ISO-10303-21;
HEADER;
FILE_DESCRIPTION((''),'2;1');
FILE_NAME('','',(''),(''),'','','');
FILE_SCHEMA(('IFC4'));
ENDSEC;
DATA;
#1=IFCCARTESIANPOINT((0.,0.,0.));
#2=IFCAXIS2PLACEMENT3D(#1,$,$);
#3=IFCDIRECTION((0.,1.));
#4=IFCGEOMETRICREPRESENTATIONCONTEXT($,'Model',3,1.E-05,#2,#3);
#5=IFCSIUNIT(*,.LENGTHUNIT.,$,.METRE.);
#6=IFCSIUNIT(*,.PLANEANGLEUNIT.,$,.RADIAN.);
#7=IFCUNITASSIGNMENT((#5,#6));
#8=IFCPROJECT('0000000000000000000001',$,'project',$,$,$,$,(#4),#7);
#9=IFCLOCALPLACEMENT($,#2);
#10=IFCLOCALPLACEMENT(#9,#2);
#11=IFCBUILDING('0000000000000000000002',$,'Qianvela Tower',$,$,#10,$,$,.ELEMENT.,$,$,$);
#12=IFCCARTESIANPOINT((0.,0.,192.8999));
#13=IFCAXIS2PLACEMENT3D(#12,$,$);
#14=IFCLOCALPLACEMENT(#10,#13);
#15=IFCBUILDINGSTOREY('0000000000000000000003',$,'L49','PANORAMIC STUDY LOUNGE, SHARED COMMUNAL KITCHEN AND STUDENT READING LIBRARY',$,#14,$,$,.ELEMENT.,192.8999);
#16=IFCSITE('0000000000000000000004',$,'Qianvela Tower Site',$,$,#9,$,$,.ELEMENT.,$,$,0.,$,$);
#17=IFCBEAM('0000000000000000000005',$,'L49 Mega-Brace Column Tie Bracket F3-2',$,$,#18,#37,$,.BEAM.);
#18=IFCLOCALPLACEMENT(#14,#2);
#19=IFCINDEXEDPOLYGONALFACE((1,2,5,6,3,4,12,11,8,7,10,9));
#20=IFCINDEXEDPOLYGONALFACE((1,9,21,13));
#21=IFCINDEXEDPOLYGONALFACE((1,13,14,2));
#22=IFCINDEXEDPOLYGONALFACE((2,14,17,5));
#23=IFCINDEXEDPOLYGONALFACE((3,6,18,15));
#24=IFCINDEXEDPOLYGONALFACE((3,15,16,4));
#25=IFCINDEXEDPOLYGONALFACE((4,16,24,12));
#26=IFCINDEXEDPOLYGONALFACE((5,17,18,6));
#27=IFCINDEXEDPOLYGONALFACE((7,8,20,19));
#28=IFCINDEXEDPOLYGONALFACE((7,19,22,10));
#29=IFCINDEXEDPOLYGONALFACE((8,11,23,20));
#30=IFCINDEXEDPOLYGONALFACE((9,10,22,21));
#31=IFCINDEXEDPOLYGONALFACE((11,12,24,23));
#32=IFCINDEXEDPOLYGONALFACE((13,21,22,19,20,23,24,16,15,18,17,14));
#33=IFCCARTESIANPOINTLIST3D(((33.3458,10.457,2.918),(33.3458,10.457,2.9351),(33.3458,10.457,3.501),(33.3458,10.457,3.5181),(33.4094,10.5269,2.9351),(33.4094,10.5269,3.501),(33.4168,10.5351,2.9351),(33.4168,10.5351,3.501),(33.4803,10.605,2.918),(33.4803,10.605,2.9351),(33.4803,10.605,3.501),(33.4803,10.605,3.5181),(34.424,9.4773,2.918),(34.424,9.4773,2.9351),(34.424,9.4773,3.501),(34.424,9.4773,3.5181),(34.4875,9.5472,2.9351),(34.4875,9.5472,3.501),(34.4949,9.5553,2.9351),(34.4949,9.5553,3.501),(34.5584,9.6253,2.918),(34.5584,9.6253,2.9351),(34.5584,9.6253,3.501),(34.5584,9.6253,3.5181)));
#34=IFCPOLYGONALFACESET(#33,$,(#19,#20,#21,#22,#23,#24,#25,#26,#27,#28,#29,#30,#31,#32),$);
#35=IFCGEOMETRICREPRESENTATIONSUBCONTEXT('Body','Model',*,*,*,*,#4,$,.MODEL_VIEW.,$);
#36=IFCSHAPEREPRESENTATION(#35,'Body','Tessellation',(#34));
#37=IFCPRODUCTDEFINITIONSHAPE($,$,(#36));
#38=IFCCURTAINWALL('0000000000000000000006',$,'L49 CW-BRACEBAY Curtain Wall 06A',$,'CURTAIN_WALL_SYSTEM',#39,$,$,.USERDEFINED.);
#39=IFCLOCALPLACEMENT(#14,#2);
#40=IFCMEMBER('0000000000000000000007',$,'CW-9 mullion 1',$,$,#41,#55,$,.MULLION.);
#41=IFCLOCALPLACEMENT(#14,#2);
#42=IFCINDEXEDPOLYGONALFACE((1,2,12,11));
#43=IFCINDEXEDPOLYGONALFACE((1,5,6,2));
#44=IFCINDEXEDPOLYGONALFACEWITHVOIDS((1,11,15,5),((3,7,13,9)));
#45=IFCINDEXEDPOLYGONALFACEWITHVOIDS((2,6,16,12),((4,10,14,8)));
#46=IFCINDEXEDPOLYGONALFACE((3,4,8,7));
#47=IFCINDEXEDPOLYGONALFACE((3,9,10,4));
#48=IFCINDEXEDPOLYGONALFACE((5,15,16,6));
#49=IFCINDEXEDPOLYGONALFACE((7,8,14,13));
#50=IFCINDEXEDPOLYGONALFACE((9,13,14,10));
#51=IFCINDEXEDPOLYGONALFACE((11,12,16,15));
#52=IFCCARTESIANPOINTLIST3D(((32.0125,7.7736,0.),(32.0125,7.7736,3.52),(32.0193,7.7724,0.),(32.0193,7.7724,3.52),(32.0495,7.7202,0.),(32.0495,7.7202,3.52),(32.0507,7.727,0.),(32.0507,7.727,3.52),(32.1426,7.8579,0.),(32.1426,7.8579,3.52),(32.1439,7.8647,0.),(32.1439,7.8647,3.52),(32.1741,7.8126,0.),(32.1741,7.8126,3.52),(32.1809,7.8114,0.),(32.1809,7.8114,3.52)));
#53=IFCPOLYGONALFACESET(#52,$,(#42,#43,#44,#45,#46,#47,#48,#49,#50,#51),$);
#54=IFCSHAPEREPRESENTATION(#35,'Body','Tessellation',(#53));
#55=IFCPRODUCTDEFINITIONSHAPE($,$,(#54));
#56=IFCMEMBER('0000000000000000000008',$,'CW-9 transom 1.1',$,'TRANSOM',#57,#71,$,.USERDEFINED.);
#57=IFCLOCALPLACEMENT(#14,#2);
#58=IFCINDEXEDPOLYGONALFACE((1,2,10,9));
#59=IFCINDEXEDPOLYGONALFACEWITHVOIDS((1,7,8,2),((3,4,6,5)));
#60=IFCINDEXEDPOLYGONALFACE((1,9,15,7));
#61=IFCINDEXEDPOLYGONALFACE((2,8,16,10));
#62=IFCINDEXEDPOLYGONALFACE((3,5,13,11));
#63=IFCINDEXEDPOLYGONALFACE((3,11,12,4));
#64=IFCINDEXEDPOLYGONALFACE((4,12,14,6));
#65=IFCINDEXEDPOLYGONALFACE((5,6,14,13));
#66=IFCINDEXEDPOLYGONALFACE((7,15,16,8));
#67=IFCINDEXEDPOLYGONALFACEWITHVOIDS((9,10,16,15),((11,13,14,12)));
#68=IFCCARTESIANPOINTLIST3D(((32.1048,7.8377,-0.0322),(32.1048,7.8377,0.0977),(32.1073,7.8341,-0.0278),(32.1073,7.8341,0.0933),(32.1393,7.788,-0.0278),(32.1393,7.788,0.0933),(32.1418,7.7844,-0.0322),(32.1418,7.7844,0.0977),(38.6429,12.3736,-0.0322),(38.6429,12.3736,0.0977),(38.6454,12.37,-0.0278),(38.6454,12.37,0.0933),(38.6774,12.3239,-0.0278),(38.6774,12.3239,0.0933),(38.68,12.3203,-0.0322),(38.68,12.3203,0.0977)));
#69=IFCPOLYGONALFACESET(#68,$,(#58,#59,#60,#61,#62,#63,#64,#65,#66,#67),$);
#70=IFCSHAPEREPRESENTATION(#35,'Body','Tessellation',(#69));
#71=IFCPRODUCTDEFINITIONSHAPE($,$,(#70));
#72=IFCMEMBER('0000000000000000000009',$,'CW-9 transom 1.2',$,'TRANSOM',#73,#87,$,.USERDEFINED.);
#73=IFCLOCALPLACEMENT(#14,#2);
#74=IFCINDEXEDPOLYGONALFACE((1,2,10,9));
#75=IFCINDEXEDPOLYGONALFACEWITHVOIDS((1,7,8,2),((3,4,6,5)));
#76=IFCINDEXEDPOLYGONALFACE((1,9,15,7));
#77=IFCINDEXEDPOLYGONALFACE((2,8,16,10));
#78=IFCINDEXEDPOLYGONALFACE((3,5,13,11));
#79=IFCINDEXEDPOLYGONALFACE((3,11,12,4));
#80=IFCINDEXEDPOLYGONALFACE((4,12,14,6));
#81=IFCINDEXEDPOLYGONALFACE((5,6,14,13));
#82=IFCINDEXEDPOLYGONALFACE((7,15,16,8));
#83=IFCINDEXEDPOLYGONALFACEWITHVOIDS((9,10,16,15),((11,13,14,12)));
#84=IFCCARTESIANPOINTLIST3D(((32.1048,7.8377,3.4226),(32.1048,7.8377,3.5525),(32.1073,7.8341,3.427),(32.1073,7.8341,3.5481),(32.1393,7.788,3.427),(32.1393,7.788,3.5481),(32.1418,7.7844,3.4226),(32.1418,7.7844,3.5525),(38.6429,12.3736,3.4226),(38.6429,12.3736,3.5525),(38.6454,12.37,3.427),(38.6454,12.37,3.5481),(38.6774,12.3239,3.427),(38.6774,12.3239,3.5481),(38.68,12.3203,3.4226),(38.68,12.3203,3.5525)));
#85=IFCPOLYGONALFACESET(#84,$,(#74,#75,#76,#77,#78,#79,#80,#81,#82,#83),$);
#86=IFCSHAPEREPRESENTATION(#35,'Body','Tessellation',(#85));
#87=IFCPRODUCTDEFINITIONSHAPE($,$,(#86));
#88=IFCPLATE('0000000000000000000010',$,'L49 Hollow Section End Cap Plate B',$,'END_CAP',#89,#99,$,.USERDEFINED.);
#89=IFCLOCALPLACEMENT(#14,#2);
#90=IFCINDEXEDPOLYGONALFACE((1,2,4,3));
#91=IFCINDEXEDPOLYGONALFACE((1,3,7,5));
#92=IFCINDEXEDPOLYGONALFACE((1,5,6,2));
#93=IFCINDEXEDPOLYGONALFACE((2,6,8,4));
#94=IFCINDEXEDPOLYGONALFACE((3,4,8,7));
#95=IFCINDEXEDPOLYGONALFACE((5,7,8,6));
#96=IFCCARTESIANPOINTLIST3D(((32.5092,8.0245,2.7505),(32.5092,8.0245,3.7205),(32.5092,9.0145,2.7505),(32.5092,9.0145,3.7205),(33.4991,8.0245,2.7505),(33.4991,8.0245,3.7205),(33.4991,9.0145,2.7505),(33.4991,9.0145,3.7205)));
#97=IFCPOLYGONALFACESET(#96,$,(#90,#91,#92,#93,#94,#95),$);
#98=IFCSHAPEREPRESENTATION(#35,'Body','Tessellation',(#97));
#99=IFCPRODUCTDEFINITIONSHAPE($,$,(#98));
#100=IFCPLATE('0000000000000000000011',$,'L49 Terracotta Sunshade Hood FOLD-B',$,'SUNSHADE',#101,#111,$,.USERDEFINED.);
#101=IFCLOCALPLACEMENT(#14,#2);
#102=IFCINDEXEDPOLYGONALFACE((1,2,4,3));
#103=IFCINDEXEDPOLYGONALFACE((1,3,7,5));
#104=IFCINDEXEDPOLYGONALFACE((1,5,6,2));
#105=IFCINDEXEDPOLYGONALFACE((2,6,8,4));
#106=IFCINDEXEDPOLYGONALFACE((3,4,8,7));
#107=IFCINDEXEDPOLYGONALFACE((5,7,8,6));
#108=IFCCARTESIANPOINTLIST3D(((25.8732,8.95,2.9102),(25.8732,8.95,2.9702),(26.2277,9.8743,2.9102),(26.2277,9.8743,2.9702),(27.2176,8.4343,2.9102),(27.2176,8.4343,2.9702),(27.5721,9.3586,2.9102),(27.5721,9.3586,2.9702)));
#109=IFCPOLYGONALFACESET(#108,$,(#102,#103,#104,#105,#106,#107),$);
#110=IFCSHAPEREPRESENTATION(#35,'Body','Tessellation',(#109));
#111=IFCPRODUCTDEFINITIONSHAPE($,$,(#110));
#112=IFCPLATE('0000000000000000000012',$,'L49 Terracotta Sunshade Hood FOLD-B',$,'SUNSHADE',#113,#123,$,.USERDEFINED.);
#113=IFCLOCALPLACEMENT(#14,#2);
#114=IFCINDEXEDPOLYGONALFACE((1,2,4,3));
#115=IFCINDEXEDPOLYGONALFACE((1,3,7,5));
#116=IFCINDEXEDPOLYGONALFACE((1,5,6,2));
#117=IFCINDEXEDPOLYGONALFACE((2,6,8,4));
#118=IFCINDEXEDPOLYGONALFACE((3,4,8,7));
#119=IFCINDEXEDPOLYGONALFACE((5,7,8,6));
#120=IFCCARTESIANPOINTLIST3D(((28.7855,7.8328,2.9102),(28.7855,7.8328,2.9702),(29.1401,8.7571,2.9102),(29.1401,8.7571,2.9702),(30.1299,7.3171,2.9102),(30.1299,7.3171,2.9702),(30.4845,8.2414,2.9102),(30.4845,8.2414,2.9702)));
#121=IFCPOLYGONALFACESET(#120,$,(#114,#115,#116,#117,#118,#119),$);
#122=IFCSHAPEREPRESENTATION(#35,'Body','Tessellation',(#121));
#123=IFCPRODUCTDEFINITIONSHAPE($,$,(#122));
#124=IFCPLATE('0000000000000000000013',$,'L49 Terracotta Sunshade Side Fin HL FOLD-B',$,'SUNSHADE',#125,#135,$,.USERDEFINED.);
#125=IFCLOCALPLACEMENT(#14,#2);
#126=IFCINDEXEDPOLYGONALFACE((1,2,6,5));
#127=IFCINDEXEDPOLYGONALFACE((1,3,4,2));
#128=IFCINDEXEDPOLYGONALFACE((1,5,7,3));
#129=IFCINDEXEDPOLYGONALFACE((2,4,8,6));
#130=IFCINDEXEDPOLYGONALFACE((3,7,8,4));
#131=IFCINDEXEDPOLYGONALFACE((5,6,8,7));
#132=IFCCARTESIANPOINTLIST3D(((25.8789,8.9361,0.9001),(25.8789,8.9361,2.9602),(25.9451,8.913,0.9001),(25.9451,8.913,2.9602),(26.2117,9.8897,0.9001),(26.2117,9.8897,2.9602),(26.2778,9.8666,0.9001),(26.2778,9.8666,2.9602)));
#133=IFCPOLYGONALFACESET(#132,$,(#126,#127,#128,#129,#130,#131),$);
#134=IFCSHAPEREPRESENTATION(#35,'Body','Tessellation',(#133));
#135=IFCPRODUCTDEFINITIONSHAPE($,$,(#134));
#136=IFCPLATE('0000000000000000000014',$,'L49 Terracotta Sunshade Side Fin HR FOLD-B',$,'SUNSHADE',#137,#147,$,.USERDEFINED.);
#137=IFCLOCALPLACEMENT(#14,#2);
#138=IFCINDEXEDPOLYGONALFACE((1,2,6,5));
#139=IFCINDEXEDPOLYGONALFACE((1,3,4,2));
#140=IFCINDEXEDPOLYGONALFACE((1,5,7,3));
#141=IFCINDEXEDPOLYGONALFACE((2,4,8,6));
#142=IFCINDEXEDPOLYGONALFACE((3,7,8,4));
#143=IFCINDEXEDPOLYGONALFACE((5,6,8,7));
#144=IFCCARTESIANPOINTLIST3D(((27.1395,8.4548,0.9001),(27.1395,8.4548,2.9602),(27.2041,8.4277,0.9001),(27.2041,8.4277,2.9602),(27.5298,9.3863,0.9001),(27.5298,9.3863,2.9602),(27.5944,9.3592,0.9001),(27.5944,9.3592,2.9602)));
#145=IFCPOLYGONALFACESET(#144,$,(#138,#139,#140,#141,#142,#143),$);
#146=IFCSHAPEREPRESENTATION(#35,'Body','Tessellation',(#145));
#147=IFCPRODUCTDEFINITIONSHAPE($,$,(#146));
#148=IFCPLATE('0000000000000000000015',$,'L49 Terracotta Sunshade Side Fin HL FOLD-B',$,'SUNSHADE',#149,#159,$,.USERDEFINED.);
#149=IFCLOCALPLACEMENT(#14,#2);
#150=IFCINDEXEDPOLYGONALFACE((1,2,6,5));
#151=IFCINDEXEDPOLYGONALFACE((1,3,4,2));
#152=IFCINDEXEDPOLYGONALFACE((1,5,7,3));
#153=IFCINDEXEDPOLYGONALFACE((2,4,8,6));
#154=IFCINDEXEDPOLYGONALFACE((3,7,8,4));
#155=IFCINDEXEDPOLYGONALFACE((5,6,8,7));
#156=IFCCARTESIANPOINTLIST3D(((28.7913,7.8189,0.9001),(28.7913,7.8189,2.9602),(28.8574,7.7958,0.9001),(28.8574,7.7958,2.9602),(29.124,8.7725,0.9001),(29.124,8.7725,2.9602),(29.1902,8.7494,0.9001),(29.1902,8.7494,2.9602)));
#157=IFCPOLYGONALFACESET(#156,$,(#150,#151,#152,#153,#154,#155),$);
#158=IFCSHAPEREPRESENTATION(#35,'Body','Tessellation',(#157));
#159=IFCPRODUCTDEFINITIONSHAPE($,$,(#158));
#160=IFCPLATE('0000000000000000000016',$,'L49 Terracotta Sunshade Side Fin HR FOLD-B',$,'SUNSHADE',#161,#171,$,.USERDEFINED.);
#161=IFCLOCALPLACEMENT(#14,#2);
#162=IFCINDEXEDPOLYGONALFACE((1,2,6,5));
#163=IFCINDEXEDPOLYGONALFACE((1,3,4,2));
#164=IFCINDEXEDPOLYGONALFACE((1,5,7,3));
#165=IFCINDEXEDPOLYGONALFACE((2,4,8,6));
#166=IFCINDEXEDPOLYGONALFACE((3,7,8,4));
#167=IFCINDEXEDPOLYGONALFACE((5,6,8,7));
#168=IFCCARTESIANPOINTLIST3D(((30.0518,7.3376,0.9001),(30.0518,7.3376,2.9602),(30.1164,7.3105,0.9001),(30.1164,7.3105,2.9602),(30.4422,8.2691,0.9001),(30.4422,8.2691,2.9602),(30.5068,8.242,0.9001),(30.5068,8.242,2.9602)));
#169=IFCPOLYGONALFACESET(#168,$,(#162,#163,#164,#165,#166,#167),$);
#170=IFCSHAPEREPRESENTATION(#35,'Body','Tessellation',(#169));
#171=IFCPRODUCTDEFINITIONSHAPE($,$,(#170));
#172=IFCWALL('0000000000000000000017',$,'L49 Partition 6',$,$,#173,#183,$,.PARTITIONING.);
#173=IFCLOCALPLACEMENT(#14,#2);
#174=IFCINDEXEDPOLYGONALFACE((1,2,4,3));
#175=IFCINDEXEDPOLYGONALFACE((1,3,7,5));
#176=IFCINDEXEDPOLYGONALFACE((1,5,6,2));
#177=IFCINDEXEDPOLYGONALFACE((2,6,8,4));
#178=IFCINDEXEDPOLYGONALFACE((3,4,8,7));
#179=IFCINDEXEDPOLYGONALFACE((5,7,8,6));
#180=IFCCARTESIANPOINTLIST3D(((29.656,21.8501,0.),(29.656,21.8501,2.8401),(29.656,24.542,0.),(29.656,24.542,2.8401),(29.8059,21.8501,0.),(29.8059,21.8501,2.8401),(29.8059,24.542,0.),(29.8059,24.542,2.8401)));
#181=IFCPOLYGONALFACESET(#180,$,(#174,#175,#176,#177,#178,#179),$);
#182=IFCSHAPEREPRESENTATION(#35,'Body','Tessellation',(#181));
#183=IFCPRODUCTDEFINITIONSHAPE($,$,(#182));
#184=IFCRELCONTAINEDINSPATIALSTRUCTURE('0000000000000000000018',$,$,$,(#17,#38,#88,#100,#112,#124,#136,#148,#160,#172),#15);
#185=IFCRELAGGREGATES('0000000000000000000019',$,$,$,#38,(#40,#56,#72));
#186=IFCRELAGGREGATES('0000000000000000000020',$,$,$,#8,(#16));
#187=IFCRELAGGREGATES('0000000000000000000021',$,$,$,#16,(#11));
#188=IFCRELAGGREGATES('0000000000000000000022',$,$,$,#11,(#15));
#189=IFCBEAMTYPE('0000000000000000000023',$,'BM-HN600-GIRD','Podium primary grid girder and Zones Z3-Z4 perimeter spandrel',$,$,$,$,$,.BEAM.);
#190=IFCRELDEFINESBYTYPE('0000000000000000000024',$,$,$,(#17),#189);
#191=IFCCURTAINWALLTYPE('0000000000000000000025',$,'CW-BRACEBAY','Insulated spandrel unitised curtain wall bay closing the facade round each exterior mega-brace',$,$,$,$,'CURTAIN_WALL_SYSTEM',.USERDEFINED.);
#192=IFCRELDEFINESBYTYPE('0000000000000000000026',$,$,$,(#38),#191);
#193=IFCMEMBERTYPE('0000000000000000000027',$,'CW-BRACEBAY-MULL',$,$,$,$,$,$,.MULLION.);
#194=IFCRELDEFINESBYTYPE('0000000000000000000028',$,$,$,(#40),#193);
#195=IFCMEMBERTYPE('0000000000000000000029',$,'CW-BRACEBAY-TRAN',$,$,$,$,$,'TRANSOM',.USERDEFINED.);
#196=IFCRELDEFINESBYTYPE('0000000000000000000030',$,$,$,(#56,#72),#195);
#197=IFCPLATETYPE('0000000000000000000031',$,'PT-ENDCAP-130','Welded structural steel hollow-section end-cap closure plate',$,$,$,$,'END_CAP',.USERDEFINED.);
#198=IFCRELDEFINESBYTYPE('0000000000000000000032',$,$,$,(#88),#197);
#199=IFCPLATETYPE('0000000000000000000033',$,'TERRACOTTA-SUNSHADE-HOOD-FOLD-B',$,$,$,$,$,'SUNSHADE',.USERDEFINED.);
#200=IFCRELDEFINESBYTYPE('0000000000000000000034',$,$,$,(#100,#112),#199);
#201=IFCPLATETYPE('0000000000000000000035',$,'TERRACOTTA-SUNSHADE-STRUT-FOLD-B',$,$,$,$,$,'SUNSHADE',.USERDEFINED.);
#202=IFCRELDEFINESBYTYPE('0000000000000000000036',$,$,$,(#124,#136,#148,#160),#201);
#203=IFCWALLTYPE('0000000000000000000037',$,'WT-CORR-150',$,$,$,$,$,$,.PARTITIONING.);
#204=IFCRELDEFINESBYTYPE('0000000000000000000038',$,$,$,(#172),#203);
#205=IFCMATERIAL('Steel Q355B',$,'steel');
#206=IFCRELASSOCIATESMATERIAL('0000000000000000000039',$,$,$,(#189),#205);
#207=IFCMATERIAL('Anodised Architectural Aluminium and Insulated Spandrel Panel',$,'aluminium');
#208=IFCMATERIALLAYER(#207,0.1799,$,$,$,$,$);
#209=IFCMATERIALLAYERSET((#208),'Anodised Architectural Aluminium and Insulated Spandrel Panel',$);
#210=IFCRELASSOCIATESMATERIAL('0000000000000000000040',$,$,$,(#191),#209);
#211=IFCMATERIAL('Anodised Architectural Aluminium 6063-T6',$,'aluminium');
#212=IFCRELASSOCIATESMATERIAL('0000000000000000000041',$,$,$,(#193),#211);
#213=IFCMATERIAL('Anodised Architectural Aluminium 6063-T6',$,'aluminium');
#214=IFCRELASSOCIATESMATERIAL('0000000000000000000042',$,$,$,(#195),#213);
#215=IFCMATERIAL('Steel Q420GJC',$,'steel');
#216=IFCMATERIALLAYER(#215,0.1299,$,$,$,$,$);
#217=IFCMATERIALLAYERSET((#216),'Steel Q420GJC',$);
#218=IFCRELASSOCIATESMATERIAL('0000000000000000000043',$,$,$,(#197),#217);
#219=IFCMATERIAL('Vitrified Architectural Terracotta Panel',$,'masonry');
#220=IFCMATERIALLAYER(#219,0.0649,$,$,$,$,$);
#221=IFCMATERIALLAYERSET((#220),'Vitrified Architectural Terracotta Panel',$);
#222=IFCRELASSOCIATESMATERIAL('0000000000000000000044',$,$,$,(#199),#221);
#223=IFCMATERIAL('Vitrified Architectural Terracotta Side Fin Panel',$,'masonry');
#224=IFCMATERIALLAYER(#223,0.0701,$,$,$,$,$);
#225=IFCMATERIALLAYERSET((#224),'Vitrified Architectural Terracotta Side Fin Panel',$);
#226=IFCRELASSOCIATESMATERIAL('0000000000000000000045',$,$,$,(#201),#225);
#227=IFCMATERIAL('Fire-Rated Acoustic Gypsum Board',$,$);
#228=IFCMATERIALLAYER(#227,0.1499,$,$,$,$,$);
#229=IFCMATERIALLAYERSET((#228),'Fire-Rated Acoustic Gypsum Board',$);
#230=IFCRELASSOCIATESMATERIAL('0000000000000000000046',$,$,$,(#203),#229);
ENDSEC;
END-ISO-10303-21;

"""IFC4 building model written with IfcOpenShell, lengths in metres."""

from ifc_helpers import new_model, si_unit, direction, frame, frame_2d, origin, origin_2d, place, context, subcontext, project, spatial, rectangle, hollow_rectangle, i_section, extrude, material, layer, layer_set, material_profile, profile_set, type_object, element, aggregate, save


model = new_model("IFC4")

# Units and contexts
model_context = context("Model", 3, precision=1e-05, world=origin(), true_north=direction((0.0, 1.0)))
body_context = subcontext(model_context, "Body", "Model", "MODEL_VIEW")
ifc_project = project(units=[si_unit("LENGTHUNIT", "METRE"), si_unit("PLANEANGLEUNIT", "RADIAN")], contexts=[model_context])

# Site, building, storey
site_placement = place(None, origin())
site = spatial("IfcSite", under=ifc_project, at=site_placement, Name="Qianvela Tower Site", CompositionType="ELEMENT", RefElevation=0.0)
building_placement = place(site_placement, origin())
building = spatial("IfcBuilding", under=site, at=building_placement, Name="Qianvela Tower", CompositionType="ELEMENT")
storey_placement = place(building_placement, frame((0.0, 0.0, 192.8999)))
storey = spatial("IfcBuildingStorey", under=building, at=storey_placement, Name="L49", Description="PANORAMIC STUDY LOUNGE, SHARED COMMUNAL KITCHEN AND STUDENT READING LIBRARY", CompositionType="ELEMENT", Elevation=192.8999)

# Beam
ifc_material_1 = material(Name="Steel Q355B", Category="steel")
ifc_material_profile_1 = material_profile(ifc_material_1, i_section(OverallWidth=0.2, OverallDepth=0.6001, WebThickness=0.011, FlangeThickness=0.0171, at=origin_2d()), Name="HN600x200x11x17")
ifc_profile_set_1 = profile_set([ifc_material_profile_1], Name="Steel Q355B")
beam_type_1 = type_object("IfcBeamType", Name="BM-HN600-GIRD", Description="Podium primary grid girder and Zones Z3-Z4 perimeter spandrel", PredefinedType="BEAM", material=ifc_profile_set_1)
beam_1_placement = place(storey_placement, frame((33.4131, 10.531, 3.218), z_axis=(0.740069, -0.672531, 0.0), x_axis=(0.672531, 0.740069, 0.0)))
element("IfcBeam", 1, at=beam_1_placement, inside=storey, type_object=beam_type_1, Name="L49 Mega-Brace Column Tie Bracket F3-2", PredefinedType="BEAM", context=body_context, shape_type="SweptSolid", body=[
    extrude(i_section(OverallWidth=0.2, OverallDepth=0.6001, WebThickness=0.011, FlangeThickness=0.0171, at=origin_2d()), origin(), (0.0, 0.0, 1.0), 1.4568),
])

# Curtain wall, members
ifc_material_2 = material(Name="Anodised Architectural Aluminium and Insulated Spandrel Panel", Category="aluminium")
ifc_layer_1 = layer(ifc_material_2, 0.1799)
ifc_layer_set_1 = layer_set([ifc_layer_1], Name="Anodised Architectural Aluminium and Insulated Spandrel Panel")
curtain_wall_type = type_object("IfcCurtainWallType", Name="CW-BRACEBAY", Description="Insulated spandrel unitised curtain wall bay closing the facade round each exterior mega-brace", ElementType="CURTAIN_WALL_SYSTEM", PredefinedType="USERDEFINED", material=ifc_layer_set_1)
curtain_wall_placement = place(storey_placement, origin())
curtain_wall = element("IfcCurtainWall", 2, at=curtain_wall_placement, inside=storey, type_object=curtain_wall_type, Name="L49 CW-BRACEBAY Curtain Wall 06A", ObjectType="CURTAIN_WALL_SYSTEM", PredefinedType="USERDEFINED")
ifc_material_3 = material(Name="Anodised Architectural Aluminium 6063-T6", Category="aluminium")
ifc_material_profile_2 = material_profile(ifc_material_3, hollow_rectangle(XDim=0.0649, YDim=0.1599, WallThickness=0.0049, at=origin_2d()), Name="ALU-MULL-65x160")
ifc_profile_set_2 = profile_set([ifc_material_profile_2], Name="Anodised Architectural Aluminium 6063-T6")
member_type_1 = type_object("IfcMemberType", Name="CW-BRACEBAY-MULL", PredefinedType="MULLION", material=ifc_profile_set_2)
member_1_placement = place(storey_placement, frame((32.0967, 7.7925, 0.0), z_axis=(0.0, 0.0, 1.0), x_axis=(-0.570037, 0.821619, 0.0)))
member_1 = element("IfcMember", 3, at=member_1_placement, type_object=member_type_1, Name="CW-9 mullion 1", PredefinedType="MULLION", context=body_context, shape_type="SweptSolid", body=[
    extrude(hollow_rectangle(XDim=0.0649, YDim=0.1599, WallThickness=0.0049, at=origin_2d()), origin(), (0.0, 0.0, 1.0), 3.52),
])
ifc_material_4 = material(Name="Anodised Architectural Aluminium 6063-T6", Category="aluminium")
ifc_material_profile_3 = material_profile(ifc_material_4, hollow_rectangle(XDim=0.0649, YDim=0.1299, WallThickness=0.0044, at=origin_2d()), Name="ALU-TRAN-65x130")
ifc_profile_set_3 = profile_set([ifc_material_profile_3], Name="Anodised Architectural Aluminium 6063-T6")
member_type_2 = type_object("IfcMemberType", Name="CW-BRACEBAY-TRAN", ElementType="TRANSOM", PredefinedType="USERDEFINED", material=ifc_profile_set_3)
member_2_placement = place(storey_placement, frame((32.1233, 7.811, 0.0327), z_axis=(0.821632, 0.570019, 0.0), x_axis=(-0.570019, 0.821632, 0.0)))
member_2 = element("IfcMember", 4, at=member_2_placement, type_object=member_type_2, Name="CW-9 transom 1.1", ObjectType="TRANSOM", PredefinedType="USERDEFINED", context=body_context, shape_type="SweptSolid", body=[
    extrude(hollow_rectangle(XDim=0.0649, YDim=0.1299, WallThickness=0.0044, at=origin_2d()), origin(), (0.0, 0.0, 1.0), 7.9575),
])
member_3_placement = place(storey_placement, frame((32.1233, 7.811, 3.4875), z_axis=(0.821632, 0.570019, 0.0), x_axis=(-0.570019, 0.821632, 0.0)))
member_3 = element("IfcMember", 5, at=member_3_placement, type_object=member_type_2, Name="CW-9 transom 1.2", ObjectType="TRANSOM", PredefinedType="USERDEFINED", context=body_context, shape_type="SweptSolid", body=[
    extrude(hollow_rectangle(XDim=0.0649, YDim=0.1299, WallThickness=0.0044, at=origin_2d()), origin(), (0.0, 0.0, 1.0), 7.9575),
])
aggregate(curtain_wall, [member_1, member_2, member_3])

# Plates
ifc_material_5 = material(Name="Steel Q420GJC", Category="steel")
ifc_layer_2 = layer(ifc_material_5, 0.1299)
ifc_layer_set_2 = layer_set([ifc_layer_2], Name="Steel Q420GJC")
plate_type_1 = type_object("IfcPlateType", Name="PT-ENDCAP-130", Description="Welded structural steel hollow-section end-cap closure plate", ElementType="END_CAP", PredefinedType="USERDEFINED", material=ifc_layer_set_2)
plate_placement = place(storey_placement, frame((33.0042, 8.5195, 2.7505), z_axis=(0.0, 0.0, 1.0), x_axis=(1.0, 0.0, 0.0)))
element("IfcPlate", 6, at=plate_placement, inside=storey, type_object=plate_type_1, Name="L49 Hollow Section End Cap Plate B", ObjectType="END_CAP", PredefinedType="USERDEFINED", context=body_context, shape_type="SweptSolid", body=[
    extrude(rectangle(XDim=0.99, YDim=0.99, at=origin_2d()), origin(), (0.0, 0.0, 1.0), 0.97),
])
ifc_material_6 = material(Name="Vitrified Architectural Terracotta Panel", Category="masonry")
ifc_layer_3 = layer(ifc_material_6, 0.0649)
ifc_layer_set_3 = layer_set([ifc_layer_3], Name="Vitrified Architectural Terracotta Panel")
plate_type_2 = type_object("IfcPlateType", Name="TERRACOTTA-SUNSHADE-HOOD-FOLD-B", ElementType="SUNSHADE", PredefinedType="USERDEFINED", material=ifc_layer_set_3)
for number, where, z_axis, x_axis, name in (
    (7, (26.7227, 9.1543, 2.9102), (0.0, 0.0, 1.0), (0.933669, -0.358137, 0.0), "L49 Terracotta Sunshade Hood FOLD-B"),
    (8, (29.635, 8.0371, 2.9102), (0.0, 0.0, 1.0), (0.933669, -0.358137, 0.0), "L49 Terracotta Sunshade Hood FOLD-B"),
):
    element("IfcPlate", number, at=place(storey_placement, frame(where, z_axis=z_axis, x_axis=x_axis)), inside=storey, type_object=plate_type_2, Name=name, ObjectType="SUNSHADE", PredefinedType="USERDEFINED", context=body_context, shape_type="SweptSolid", body=[
        extrude(rectangle(XDim=1.4399, YDim=0.99, at=origin_2d()), origin(), (0.0, 0.0, 1.0), 0.0601),
    ])
ifc_material_7 = material(Name="Vitrified Architectural Terracotta Side Fin Panel", Category="masonry")
ifc_layer_4 = layer(ifc_material_7, 0.0701)
ifc_layer_set_4 = layer_set([ifc_layer_4], Name="Vitrified Architectural Terracotta Side Fin Panel")
plate_type_3 = type_object("IfcPlateType", Name="TERRACOTTA-SUNSHADE-STRUT-FOLD-B", ElementType="SUNSHADE", PredefinedType="USERDEFINED", material=ifc_layer_set_4)
for number, where, z_axis, x_axis, name in (
    (9, (26.0784, 9.4014, 0.9001), (0.0, 0.0, 1.0), (0.944171, -0.329457, 0.0), "L49 Terracotta Sunshade Side Fin HL FOLD-B"),
    (10, (27.3669, 8.907, 0.9001), (0.0, 0.0, 1.0), (0.922297, -0.386482, 0.0), "L49 Terracotta Sunshade Side Fin HR FOLD-B"),
    (11, (28.9907, 8.2842, 0.9001), (0.0, 0.0, 1.0), (0.944171, -0.329457, 0.0), "L49 Terracotta Sunshade Side Fin HL FOLD-B"),
    (12, (30.2793, 7.7898, 0.9001), (0.0, 0.0, 1.0), (0.922297, -0.386482, 0.0), "L49 Terracotta Sunshade Side Fin HR FOLD-B"),
):
    element("IfcPlate", number, at=place(storey_placement, frame(where, z_axis=z_axis, x_axis=x_axis)), inside=storey, type_object=plate_type_3, Name=name, ObjectType="SUNSHADE", PredefinedType="USERDEFINED", context=body_context, shape_type="SweptSolid", body=[
        extrude(rectangle(XDim=0.0701, YDim=1.01, at=origin_2d()), origin(), (0.0, 0.0, 1.0), 2.0601),
    ])

# Wall
ifc_material_8 = material(Name="Fire-Rated Acoustic Gypsum Board")
ifc_layer_5 = layer(ifc_material_8, 0.1499)
ifc_layer_set_5 = layer_set([ifc_layer_5], Name="Fire-Rated Acoustic Gypsum Board")
wall_type_1 = type_object("IfcWallType", Name="WT-CORR-150", PredefinedType="PARTITIONING", material=ifc_layer_set_5)
wall_1_placement = place(storey_placement, frame((29.731, 21.8501, 0.0), z_axis=(0.0, 0.0, 1.0), x_axis=(0.0, 1.0, 0.0)))
element("IfcWall", 13, at=wall_1_placement, inside=storey, type_object=wall_type_1, Name="L49 Partition 6", PredefinedType="PARTITIONING", context=body_context, shape_type="SweptSolid", body=[
    extrude(rectangle(XDim=2.6919, YDim=0.1499, at=frame_2d((1.3459, 0.0))), origin(), (0.0, 0.0, 1.0), 2.8401),
])

save(model, "model.ifc")
